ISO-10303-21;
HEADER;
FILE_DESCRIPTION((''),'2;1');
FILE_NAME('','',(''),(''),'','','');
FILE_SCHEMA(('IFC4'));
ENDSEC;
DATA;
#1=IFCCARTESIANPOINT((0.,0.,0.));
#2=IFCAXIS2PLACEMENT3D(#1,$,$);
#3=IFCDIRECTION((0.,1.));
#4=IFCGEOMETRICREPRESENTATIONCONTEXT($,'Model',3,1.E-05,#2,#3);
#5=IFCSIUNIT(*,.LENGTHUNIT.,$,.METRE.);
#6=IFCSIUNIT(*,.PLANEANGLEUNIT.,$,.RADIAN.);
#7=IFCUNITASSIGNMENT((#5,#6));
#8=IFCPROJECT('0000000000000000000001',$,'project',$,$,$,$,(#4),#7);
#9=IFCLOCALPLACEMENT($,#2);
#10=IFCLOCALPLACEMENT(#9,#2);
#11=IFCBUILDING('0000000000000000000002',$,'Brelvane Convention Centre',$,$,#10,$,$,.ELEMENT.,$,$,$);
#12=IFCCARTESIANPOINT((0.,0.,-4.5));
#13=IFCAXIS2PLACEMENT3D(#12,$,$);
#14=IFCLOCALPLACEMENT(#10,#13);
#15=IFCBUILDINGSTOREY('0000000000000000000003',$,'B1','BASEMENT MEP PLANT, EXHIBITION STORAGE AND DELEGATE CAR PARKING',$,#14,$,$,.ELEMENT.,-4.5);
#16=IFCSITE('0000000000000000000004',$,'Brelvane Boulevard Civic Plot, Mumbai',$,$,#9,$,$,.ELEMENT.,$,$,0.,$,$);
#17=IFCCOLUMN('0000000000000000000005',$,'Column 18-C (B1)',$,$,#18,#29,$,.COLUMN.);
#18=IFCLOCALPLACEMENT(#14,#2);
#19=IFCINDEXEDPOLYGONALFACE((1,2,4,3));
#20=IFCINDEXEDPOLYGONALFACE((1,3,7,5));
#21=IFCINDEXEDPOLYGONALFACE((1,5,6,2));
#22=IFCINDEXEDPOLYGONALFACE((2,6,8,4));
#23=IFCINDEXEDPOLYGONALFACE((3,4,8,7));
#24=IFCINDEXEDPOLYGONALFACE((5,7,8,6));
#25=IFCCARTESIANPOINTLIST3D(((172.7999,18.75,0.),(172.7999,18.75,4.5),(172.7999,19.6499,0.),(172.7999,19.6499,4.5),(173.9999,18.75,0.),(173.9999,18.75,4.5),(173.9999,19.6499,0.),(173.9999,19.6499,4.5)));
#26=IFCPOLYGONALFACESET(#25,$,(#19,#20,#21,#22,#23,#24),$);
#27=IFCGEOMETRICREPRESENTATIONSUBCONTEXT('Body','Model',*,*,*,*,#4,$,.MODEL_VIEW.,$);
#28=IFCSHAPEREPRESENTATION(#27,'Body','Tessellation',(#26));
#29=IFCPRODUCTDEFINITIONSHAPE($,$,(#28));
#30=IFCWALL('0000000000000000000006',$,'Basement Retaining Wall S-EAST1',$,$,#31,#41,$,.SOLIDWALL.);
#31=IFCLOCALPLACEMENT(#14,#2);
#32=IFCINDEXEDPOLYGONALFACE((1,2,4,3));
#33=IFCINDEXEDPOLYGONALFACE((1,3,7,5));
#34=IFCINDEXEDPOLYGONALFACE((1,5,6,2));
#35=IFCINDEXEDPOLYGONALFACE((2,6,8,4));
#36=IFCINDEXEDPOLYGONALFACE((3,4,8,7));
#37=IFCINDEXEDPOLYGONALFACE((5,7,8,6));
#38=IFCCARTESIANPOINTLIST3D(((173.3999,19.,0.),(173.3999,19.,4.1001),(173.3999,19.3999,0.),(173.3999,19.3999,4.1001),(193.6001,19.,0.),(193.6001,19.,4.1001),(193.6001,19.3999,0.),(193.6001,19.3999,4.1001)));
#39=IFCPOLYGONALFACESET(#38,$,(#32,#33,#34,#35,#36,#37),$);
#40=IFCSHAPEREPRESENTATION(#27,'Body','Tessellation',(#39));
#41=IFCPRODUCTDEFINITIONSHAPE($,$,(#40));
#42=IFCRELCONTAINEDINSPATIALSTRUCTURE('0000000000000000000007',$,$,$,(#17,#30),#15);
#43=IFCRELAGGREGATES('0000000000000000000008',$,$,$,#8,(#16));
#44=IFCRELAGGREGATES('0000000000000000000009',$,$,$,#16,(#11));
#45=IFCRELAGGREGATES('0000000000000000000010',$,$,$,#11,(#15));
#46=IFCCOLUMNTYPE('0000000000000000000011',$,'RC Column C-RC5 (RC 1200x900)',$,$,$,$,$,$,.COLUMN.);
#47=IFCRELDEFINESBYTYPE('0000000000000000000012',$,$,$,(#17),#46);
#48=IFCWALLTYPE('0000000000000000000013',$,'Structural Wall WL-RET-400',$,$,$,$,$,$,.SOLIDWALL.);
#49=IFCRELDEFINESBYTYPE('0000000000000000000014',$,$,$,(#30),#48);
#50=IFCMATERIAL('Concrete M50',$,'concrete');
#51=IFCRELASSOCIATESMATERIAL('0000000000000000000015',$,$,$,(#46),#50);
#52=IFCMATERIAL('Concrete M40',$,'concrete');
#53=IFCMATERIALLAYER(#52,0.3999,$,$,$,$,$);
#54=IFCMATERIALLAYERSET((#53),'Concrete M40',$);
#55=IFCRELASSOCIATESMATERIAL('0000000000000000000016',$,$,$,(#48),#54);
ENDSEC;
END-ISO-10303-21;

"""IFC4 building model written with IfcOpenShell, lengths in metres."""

from ifc_helpers import new_model, si_unit, direction, frame, frame_2d, origin, origin_2d, place, context, subcontext, project, spatial, rectangle, extrude, material, layer, layer_set, material_profile, profile_set, type_object, element, save


model = new_model("IFC4")

# Units and contexts
model_context = context("Model", 3, precision=1e-05, world=origin(), true_north=direction((0.0, 1.0)))
body_context = subcontext(model_context, "Body", "Model", "MODEL_VIEW")
ifc_project = project(units=[si_unit("LENGTHUNIT", "METRE"), si_unit("PLANEANGLEUNIT", "RADIAN")], contexts=[model_context])

# Site, building, storey
site_placement = place(None, origin())
site = spatial("IfcSite", under=ifc_project, at=site_placement, Name="Brelvane Boulevard Civic Plot, Mumbai", CompositionType="ELEMENT", RefElevation=0.0)
building_placement = place(site_placement, origin())
building = spatial("IfcBuilding", under=site, at=building_placement, Name="Brelvane Convention Centre", CompositionType="ELEMENT")
storey_placement = place(building_placement, frame((0.0, 0.0, -4.5)))
storey = spatial("IfcBuildingStorey", under=building, at=storey_placement, Name="B1", Description="BASEMENT MEP PLANT, EXHIBITION STORAGE AND DELEGATE CAR PARKING", CompositionType="ELEMENT", Elevation=-4.5)

# Column
ifc_material_1 = material(Name="Concrete M50", Category="concrete")
ifc_material_profile_1 = material_profile(ifc_material_1, rectangle(XDim=1.2, YDim=0.8999, at=origin_2d()), Name="RC 1200x900")
ifc_profile_set_1 = profile_set([ifc_material_profile_1], Name="Concrete M50")
column_type_1 = type_object("IfcColumnType", Name="RC Column C-RC5 (RC 1200x900)", PredefinedType="COLUMN", material=ifc_profile_set_1)
column_1_placement = place(storey_placement, frame((173.3999, 19.2, 0.0), z_axis=(0.0, 0.0, 1.0), x_axis=(1.0, 0.0, 0.0)))
element("IfcColumn", 1, at=column_1_placement, inside=storey, type_object=column_type_1, Name="Column 18-C (B1)", PredefinedType="COLUMN", context=body_context, shape_type="SweptSolid", body=[
    extrude(rectangle(XDim=1.2, YDim=0.8999, at=origin_2d()), origin(), (0.0, 0.0, 1.0), 4.5),
])

# Wall
ifc_material_2 = material(Name="Concrete M40", Category="concrete")
ifc_layer = layer(ifc_material_2, 0.3999)
ifc_layer_set = layer_set([ifc_layer], Name="Concrete M40")
wall_type = type_object("IfcWallType", Name="Structural Wall WL-RET-400", PredefinedType="SOLIDWALL", material=ifc_layer_set)
wall_placement = place(storey_placement, frame((173.3999, 19.2, 0.0), z_axis=(0.0, 0.0, 1.0), x_axis=(1.0, 0.0, 0.0)))
element("IfcWall", 2, at=wall_placement, inside=storey, type_object=wall_type, Name="Basement Retaining Wall S-EAST1", PredefinedType="SOLIDWALL", context=body_context, shape_type="SweptSolid", body=[
    extrude(rectangle(XDim=20.2002, YDim=0.3999, at=frame_2d((10.1001, 0.0))), origin(), (0.0, 0.0, 1.0), 4.1001),
])

save(model, "model.ifc")
